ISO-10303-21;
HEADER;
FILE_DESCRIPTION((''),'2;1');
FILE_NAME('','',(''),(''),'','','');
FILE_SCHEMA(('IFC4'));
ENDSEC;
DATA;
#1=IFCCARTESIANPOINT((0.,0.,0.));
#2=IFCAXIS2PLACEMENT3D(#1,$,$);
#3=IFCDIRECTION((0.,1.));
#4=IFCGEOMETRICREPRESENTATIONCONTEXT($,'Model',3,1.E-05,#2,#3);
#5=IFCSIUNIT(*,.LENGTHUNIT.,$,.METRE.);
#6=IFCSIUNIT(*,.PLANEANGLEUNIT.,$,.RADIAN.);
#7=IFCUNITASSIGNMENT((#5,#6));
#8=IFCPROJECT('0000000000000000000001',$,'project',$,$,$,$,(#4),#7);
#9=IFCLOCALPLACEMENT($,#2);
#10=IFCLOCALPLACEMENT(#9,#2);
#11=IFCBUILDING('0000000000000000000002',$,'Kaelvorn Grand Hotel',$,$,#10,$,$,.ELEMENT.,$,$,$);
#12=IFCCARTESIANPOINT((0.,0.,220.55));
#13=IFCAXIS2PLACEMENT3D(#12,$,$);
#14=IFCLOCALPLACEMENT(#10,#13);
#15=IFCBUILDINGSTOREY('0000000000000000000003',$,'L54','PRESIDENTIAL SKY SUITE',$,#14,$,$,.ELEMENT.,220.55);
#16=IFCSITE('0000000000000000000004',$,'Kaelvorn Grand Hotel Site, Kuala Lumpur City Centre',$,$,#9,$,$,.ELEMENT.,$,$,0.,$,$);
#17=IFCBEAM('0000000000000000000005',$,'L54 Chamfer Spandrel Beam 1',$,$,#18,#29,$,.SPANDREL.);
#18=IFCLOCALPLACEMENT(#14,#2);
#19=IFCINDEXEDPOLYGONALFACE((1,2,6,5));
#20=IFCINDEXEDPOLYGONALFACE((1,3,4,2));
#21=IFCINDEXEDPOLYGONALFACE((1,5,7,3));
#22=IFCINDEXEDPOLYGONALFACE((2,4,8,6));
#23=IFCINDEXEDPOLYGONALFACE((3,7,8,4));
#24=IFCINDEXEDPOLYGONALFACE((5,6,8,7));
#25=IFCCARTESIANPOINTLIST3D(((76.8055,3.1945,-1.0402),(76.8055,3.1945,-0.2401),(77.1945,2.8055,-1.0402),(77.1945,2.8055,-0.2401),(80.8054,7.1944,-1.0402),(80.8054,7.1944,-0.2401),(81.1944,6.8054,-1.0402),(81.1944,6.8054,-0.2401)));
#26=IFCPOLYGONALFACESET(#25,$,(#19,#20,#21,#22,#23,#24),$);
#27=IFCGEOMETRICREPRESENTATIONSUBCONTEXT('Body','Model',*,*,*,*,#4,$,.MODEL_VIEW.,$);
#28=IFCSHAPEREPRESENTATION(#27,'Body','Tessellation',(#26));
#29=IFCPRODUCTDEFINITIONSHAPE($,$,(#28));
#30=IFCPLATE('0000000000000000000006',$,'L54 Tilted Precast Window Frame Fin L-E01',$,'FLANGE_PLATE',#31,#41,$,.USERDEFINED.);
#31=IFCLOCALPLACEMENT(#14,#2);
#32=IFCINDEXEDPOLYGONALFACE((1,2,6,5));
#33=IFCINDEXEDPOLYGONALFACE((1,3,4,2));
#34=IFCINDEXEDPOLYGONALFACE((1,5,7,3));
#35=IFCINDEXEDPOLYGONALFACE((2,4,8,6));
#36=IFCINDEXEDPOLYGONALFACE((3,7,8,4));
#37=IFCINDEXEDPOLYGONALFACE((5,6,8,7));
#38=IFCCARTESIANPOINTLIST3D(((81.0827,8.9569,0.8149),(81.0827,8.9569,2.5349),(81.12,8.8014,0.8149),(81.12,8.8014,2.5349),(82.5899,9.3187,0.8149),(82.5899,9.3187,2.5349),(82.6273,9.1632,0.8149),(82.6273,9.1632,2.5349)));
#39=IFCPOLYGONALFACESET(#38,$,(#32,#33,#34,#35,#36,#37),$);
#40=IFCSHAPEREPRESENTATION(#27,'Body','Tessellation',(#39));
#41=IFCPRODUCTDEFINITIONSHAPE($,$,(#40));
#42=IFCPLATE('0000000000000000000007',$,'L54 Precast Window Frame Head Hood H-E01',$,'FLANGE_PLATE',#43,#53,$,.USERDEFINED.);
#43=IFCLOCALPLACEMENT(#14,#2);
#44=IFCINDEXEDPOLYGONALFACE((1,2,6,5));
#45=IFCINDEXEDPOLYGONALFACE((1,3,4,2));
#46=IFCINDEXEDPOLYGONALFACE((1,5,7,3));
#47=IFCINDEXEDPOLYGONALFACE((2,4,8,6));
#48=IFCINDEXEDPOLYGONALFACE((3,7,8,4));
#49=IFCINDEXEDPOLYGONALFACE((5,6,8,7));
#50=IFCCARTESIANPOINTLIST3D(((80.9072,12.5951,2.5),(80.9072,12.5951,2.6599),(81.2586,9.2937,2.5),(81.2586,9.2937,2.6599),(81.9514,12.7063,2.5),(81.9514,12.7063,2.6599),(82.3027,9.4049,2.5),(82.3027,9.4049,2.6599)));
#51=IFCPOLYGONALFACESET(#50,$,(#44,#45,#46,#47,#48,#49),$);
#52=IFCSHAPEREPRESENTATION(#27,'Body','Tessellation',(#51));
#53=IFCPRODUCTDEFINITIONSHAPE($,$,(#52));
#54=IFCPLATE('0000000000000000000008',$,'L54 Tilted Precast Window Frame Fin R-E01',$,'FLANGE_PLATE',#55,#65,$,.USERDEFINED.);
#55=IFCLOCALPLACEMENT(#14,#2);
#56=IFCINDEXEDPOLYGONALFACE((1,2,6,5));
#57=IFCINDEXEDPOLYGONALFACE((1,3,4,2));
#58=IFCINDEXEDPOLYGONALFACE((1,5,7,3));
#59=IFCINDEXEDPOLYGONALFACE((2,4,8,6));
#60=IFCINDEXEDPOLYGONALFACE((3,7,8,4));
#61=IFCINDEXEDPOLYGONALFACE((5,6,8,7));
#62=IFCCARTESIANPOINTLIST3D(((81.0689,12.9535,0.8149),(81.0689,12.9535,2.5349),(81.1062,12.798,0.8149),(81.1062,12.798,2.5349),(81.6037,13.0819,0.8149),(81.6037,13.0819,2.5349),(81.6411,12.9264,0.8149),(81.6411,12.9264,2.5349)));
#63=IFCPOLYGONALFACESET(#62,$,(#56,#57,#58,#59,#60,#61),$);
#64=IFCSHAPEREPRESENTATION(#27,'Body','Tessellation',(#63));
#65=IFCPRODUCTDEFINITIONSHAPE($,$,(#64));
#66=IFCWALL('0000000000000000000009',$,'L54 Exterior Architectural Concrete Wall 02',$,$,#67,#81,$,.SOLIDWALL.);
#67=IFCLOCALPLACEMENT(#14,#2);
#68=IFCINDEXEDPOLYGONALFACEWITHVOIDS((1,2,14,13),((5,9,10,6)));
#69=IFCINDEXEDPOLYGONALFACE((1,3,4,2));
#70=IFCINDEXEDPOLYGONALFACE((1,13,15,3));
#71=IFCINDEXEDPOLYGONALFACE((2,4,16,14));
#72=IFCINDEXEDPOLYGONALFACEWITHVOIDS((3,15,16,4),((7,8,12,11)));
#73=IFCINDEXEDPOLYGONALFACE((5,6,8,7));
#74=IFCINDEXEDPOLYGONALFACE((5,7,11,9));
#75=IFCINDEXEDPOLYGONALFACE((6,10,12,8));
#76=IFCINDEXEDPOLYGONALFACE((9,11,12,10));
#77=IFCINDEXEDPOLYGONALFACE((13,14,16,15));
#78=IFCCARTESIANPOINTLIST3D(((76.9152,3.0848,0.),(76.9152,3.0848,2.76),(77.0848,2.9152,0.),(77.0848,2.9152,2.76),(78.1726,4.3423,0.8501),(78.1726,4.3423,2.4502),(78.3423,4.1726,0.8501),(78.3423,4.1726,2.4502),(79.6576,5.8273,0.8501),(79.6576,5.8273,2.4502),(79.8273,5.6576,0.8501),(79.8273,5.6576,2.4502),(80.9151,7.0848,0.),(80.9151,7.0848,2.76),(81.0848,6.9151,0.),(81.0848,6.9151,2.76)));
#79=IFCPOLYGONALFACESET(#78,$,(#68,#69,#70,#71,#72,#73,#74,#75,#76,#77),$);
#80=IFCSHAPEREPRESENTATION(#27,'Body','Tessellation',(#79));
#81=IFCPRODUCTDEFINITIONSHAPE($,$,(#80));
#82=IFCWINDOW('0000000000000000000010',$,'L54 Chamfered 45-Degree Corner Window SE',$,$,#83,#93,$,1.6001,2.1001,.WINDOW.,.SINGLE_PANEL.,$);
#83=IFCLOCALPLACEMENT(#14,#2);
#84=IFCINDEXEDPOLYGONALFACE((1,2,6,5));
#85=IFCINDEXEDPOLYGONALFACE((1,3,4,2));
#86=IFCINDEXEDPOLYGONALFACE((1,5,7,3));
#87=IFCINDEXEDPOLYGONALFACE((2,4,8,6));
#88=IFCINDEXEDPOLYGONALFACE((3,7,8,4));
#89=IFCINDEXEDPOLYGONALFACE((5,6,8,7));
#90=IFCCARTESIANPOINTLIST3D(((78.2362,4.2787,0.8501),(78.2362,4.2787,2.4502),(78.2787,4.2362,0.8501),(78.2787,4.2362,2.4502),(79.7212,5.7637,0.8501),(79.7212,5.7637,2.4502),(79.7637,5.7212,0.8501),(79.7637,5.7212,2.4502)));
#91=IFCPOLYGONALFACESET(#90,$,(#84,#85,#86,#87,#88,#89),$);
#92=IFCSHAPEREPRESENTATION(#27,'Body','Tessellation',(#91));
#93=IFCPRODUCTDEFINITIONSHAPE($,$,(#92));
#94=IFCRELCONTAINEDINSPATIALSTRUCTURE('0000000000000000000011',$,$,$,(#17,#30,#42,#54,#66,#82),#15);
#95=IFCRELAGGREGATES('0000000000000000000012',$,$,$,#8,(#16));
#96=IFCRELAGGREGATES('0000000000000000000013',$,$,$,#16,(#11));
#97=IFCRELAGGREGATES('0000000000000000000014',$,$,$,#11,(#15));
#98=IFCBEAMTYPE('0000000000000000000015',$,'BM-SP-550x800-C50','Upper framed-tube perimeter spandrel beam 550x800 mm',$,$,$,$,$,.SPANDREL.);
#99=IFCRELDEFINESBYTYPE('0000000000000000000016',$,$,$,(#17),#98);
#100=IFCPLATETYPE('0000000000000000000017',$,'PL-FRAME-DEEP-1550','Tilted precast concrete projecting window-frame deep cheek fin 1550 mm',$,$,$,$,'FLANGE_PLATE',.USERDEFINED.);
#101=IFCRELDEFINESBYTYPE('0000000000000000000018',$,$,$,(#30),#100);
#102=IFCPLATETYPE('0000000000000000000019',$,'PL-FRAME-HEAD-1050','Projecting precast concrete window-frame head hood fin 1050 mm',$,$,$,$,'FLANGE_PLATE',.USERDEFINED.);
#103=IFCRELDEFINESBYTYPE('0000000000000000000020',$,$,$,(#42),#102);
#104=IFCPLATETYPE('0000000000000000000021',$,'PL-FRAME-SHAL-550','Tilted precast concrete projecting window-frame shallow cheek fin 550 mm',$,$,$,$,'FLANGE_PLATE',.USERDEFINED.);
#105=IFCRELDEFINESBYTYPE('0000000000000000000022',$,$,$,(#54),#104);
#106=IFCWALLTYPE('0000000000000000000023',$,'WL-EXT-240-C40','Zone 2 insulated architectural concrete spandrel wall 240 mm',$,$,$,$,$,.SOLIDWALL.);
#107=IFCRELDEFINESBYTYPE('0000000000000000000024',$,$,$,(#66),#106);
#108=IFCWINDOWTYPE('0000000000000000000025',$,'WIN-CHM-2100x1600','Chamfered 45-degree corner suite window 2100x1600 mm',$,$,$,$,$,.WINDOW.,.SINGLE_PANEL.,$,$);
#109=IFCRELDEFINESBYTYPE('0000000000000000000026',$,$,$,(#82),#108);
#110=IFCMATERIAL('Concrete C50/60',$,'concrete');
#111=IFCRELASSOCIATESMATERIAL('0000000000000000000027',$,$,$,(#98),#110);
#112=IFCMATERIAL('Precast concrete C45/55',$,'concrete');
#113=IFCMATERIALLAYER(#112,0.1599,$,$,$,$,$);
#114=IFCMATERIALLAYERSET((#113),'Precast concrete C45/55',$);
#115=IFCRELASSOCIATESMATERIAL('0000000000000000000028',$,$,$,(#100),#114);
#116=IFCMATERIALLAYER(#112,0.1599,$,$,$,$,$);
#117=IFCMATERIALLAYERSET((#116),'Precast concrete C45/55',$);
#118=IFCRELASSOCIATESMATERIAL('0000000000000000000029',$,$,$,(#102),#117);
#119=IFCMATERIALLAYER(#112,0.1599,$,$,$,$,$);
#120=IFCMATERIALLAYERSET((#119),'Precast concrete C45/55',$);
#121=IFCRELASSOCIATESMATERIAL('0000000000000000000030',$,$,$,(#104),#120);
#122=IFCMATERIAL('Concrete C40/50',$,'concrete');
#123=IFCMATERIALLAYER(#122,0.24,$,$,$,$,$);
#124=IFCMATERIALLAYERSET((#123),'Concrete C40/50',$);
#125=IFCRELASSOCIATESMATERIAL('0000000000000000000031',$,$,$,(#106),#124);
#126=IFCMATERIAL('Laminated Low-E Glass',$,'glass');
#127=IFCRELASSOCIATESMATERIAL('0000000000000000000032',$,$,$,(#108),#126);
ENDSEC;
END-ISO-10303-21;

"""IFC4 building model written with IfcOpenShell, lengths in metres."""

from ifc_helpers import new_model, si_unit, direction, frame, frame_2d, origin, origin_2d, place, context, subcontext, project, spatial, rectangle, extrude, material, layer, layer_set, material_profile, profile_set, type_object, element, fill, save


model = new_model("IFC4")

# Units and contexts
model_context = context("Model", 3, precision=1e-05, world=origin(), true_north=direction((0.0, 1.0)))
body_context = subcontext(model_context, "Body", "Model", "MODEL_VIEW")
ifc_project = project(units=[si_unit("LENGTHUNIT", "METRE"), si_unit("PLANEANGLEUNIT", "RADIAN")], contexts=[model_context])

# Site, building, storey
site_placement = place(None, origin())
site = spatial("IfcSite", under=ifc_project, at=site_placement, Name="Kaelvorn Grand Hotel Site, Kuala Lumpur City Centre", CompositionType="ELEMENT", RefElevation=0.0)
building_placement = place(site_placement, origin())
building = spatial("IfcBuilding", under=site, at=building_placement, Name="Kaelvorn Grand Hotel", CompositionType="ELEMENT")
storey_placement = place(building_placement, frame((0.0, 0.0, 220.55)))
storey = spatial("IfcBuildingStorey", under=building, at=storey_placement, Name="L54", Description="PRESIDENTIAL SKY SUITE", CompositionType="ELEMENT", Elevation=220.55)

# Beam
ifc_material_1 = material(Name="Concrete C40/50", Category="concrete")
ifc_material_2 = material(Name="Concrete C50/60", Category="concrete")
ifc_material_profile_1 = material_profile(ifc_material_2, rectangle(XDim=0.55, YDim=0.8, at=origin_2d()), Name="RC SPANDREL 550x800")
ifc_profile_set_1 = profile_set([ifc_material_profile_1], Name="Concrete C50/60")
beam_type_1 = type_object("IfcBeamType", Name="BM-SP-550x800-C50", Description="Upper framed-tube perimeter spandrel beam 550x800 mm", PredefinedType="SPANDREL", material=ifc_profile_set_1)
beam_1_placement = place(storey_placement, frame((77.0, 3.0, -0.6401), z_axis=(0.707107, 0.707107, 0.0), x_axis=(-0.707107, 0.707107, 0.0)))
element("IfcBeam", 1, at=beam_1_placement, inside=storey, type_object=beam_type_1, Name="L54 Chamfer Spandrel Beam 1", PredefinedType="SPANDREL", context=body_context, shape_type="SweptSolid", body=[
    extrude(rectangle(XDim=0.55, YDim=0.8, at=origin_2d()), origin(), (0.0, 0.0, 1.0), 5.6567),
])

# Plates
ifc_material_3 = material(Name="Precast concrete C45/55", Category="concrete")
ifc_layer_1 = layer(ifc_material_3, 0.1599)
ifc_layer_set_1 = layer_set([ifc_layer_1], Name="Precast concrete C45/55")
plate_type_1 = type_object("IfcPlateType", Name="PL-FRAME-DEEP-1550", Description="Tilted precast concrete projecting window-frame deep cheek fin 1550 mm", ElementType="FLANGE_PLATE", PredefinedType="USERDEFINED", material=ifc_layer_set_1)
plate_1_placement = place(storey_placement, frame((81.855, 9.0601, 0.8149), z_axis=(0.0, 0.0, 1.0), x_axis=(-0.233445, 0.97237, 0.0)))
element("IfcPlate", 2, at=plate_1_placement, inside=storey, type_object=plate_type_1, Name="L54 Tilted Precast Window Frame Fin L-E01", ObjectType="FLANGE_PLATE", PredefinedType="USERDEFINED", context=body_context, shape_type="SweptSolid", body=[
    extrude(rectangle(XDim=0.1599, YDim=1.55, at=origin_2d()), origin(), (0.0, 0.0, 1.0), 1.72),
])
ifc_layer_2 = layer(ifc_material_3, 0.1599)
ifc_layer_set_2 = layer_set([ifc_layer_2], Name="Precast concrete C45/55")
plate_type_2 = type_object("IfcPlateType", Name="PL-FRAME-HEAD-1050", Description="Projecting precast concrete window-frame head hood fin 1050 mm", ElementType="FLANGE_PLATE", PredefinedType="USERDEFINED", material=ifc_layer_set_2)
plate_2_placement = place(storey_placement, frame((81.605, 11.0, 2.5), z_axis=(0.0, 0.0, 1.0), x_axis=(-0.10583, 0.994384, 0.0)))
element("IfcPlate", 3, at=plate_2_placement, inside=storey, type_object=plate_type_2, Name="L54 Precast Window Frame Head Hood H-E01", ObjectType="FLANGE_PLATE", PredefinedType="USERDEFINED", context=body_context, shape_type="SweptSolid", body=[
    extrude(rectangle(XDim=3.3201, YDim=1.05, at=origin_2d()), origin(), (0.0, 0.0, 1.0), 0.1599),
])
ifc_layer_3 = layer(ifc_material_3, 0.1599)
ifc_layer_set_3 = layer_set([ifc_layer_3], Name="Precast concrete C45/55")
plate_type_3 = type_object("IfcPlateType", Name="PL-FRAME-SHAL-550", Description="Tilted precast concrete projecting window-frame shallow cheek fin 550 mm", ElementType="FLANGE_PLATE", PredefinedType="USERDEFINED", material=ifc_layer_set_3)
plate_3_placement = place(storey_placement, frame((81.355, 12.9399, 0.8149), z_axis=(0.0, 0.0, 1.0), x_axis=(-0.233445, 0.97237, 0.0)))
element("IfcPlate", 4, at=plate_3_placement, inside=storey, type_object=plate_type_3, Name="L54 Tilted Precast Window Frame Fin R-E01", ObjectType="FLANGE_PLATE", PredefinedType="USERDEFINED", context=body_context, shape_type="SweptSolid", body=[
    extrude(rectangle(XDim=0.1599, YDim=0.55, at=origin_2d()), origin(), (0.0, 0.0, 1.0), 1.72),
])

# Wall, opening, window
ifc_layer_4 = layer(ifc_material_1, 0.24)
ifc_layer_set_4 = layer_set([ifc_layer_4], Name="Concrete C40/50")
wall_type_1 = type_object("IfcWallType", Name="WL-EXT-240-C40", Description="Zone 2 insulated architectural concrete spandrel wall 240 mm", PredefinedType="SOLIDWALL", material=ifc_layer_set_4)
wall_1_placement = place(storey_placement, frame((77.0, 3.0, 0.0), z_axis=(0.0, 0.0, 1.0), x_axis=(0.707107, 0.707107, 0.0)))
wall_1 = element("IfcWall", 5, at=wall_1_placement, inside=storey, type_object=wall_type_1, Name="L54 Exterior Architectural Concrete Wall 02", PredefinedType="SOLIDWALL", context=body_context, shape_type="SweptSolid", body=[
    extrude(rectangle(XDim=5.6567, YDim=0.24, at=frame_2d((2.8284, 0.0))), origin(), (0.0, 0.0, 1.0), 2.76),
])
opening_1_placement = place(wall_1_placement, frame((1.7783, 0.0, 0.8501)))
opening_1 = element("IfcOpeningElement", 6, at=opening_1_placement, cuts=wall_1, PredefinedType="OPENING", context=body_context, shape_type="SweptSolid", body=[
    extrude(rectangle(XDim=2.1001, YDim=1.6001, at=frame_2d((1.05, 0.8))), frame((0.0, 0.1299, 0.0), z_axis=(0.0, -1.0, 0.0), x_axis=(1.0, 0.0, 0.0)), (0.0, 0.0, 1.0), 0.26),
])
ifc_material_4 = material(Name="Laminated Low-E Glass", Category="glass")
window_type_1 = type_object("IfcWindowType", Name="WIN-CHM-2100x1600", Description="Chamfered 45-degree corner suite window 2100x1600 mm", PartitioningType="SINGLE_PANEL", PredefinedType="WINDOW", material=ifc_material_4)
window_1_placement = place(opening_1_placement, origin())
window_1 = element("IfcWindow", 7, at=window_1_placement, inside=storey, type_object=window_type_1, Name="L54 Chamfered 45-Degree Corner Window SE", OverallHeight=1.6001, OverallWidth=2.1001, PartitioningType="SINGLE_PANEL", PredefinedType="WINDOW", context=body_context, shape_type="SweptSolid", body=[
    extrude(rectangle(XDim=2.1001, YDim=1.6001, at=frame_2d((1.05, 0.8))), frame((0.0, 0.03, 0.0), z_axis=(0.0, -1.0, 0.0), x_axis=(1.0, 0.0, 0.0)), (0.0, 0.0, 1.0), 0.0601),
])
fill(opening_1, window_1)

save(model, "model.ifc")
